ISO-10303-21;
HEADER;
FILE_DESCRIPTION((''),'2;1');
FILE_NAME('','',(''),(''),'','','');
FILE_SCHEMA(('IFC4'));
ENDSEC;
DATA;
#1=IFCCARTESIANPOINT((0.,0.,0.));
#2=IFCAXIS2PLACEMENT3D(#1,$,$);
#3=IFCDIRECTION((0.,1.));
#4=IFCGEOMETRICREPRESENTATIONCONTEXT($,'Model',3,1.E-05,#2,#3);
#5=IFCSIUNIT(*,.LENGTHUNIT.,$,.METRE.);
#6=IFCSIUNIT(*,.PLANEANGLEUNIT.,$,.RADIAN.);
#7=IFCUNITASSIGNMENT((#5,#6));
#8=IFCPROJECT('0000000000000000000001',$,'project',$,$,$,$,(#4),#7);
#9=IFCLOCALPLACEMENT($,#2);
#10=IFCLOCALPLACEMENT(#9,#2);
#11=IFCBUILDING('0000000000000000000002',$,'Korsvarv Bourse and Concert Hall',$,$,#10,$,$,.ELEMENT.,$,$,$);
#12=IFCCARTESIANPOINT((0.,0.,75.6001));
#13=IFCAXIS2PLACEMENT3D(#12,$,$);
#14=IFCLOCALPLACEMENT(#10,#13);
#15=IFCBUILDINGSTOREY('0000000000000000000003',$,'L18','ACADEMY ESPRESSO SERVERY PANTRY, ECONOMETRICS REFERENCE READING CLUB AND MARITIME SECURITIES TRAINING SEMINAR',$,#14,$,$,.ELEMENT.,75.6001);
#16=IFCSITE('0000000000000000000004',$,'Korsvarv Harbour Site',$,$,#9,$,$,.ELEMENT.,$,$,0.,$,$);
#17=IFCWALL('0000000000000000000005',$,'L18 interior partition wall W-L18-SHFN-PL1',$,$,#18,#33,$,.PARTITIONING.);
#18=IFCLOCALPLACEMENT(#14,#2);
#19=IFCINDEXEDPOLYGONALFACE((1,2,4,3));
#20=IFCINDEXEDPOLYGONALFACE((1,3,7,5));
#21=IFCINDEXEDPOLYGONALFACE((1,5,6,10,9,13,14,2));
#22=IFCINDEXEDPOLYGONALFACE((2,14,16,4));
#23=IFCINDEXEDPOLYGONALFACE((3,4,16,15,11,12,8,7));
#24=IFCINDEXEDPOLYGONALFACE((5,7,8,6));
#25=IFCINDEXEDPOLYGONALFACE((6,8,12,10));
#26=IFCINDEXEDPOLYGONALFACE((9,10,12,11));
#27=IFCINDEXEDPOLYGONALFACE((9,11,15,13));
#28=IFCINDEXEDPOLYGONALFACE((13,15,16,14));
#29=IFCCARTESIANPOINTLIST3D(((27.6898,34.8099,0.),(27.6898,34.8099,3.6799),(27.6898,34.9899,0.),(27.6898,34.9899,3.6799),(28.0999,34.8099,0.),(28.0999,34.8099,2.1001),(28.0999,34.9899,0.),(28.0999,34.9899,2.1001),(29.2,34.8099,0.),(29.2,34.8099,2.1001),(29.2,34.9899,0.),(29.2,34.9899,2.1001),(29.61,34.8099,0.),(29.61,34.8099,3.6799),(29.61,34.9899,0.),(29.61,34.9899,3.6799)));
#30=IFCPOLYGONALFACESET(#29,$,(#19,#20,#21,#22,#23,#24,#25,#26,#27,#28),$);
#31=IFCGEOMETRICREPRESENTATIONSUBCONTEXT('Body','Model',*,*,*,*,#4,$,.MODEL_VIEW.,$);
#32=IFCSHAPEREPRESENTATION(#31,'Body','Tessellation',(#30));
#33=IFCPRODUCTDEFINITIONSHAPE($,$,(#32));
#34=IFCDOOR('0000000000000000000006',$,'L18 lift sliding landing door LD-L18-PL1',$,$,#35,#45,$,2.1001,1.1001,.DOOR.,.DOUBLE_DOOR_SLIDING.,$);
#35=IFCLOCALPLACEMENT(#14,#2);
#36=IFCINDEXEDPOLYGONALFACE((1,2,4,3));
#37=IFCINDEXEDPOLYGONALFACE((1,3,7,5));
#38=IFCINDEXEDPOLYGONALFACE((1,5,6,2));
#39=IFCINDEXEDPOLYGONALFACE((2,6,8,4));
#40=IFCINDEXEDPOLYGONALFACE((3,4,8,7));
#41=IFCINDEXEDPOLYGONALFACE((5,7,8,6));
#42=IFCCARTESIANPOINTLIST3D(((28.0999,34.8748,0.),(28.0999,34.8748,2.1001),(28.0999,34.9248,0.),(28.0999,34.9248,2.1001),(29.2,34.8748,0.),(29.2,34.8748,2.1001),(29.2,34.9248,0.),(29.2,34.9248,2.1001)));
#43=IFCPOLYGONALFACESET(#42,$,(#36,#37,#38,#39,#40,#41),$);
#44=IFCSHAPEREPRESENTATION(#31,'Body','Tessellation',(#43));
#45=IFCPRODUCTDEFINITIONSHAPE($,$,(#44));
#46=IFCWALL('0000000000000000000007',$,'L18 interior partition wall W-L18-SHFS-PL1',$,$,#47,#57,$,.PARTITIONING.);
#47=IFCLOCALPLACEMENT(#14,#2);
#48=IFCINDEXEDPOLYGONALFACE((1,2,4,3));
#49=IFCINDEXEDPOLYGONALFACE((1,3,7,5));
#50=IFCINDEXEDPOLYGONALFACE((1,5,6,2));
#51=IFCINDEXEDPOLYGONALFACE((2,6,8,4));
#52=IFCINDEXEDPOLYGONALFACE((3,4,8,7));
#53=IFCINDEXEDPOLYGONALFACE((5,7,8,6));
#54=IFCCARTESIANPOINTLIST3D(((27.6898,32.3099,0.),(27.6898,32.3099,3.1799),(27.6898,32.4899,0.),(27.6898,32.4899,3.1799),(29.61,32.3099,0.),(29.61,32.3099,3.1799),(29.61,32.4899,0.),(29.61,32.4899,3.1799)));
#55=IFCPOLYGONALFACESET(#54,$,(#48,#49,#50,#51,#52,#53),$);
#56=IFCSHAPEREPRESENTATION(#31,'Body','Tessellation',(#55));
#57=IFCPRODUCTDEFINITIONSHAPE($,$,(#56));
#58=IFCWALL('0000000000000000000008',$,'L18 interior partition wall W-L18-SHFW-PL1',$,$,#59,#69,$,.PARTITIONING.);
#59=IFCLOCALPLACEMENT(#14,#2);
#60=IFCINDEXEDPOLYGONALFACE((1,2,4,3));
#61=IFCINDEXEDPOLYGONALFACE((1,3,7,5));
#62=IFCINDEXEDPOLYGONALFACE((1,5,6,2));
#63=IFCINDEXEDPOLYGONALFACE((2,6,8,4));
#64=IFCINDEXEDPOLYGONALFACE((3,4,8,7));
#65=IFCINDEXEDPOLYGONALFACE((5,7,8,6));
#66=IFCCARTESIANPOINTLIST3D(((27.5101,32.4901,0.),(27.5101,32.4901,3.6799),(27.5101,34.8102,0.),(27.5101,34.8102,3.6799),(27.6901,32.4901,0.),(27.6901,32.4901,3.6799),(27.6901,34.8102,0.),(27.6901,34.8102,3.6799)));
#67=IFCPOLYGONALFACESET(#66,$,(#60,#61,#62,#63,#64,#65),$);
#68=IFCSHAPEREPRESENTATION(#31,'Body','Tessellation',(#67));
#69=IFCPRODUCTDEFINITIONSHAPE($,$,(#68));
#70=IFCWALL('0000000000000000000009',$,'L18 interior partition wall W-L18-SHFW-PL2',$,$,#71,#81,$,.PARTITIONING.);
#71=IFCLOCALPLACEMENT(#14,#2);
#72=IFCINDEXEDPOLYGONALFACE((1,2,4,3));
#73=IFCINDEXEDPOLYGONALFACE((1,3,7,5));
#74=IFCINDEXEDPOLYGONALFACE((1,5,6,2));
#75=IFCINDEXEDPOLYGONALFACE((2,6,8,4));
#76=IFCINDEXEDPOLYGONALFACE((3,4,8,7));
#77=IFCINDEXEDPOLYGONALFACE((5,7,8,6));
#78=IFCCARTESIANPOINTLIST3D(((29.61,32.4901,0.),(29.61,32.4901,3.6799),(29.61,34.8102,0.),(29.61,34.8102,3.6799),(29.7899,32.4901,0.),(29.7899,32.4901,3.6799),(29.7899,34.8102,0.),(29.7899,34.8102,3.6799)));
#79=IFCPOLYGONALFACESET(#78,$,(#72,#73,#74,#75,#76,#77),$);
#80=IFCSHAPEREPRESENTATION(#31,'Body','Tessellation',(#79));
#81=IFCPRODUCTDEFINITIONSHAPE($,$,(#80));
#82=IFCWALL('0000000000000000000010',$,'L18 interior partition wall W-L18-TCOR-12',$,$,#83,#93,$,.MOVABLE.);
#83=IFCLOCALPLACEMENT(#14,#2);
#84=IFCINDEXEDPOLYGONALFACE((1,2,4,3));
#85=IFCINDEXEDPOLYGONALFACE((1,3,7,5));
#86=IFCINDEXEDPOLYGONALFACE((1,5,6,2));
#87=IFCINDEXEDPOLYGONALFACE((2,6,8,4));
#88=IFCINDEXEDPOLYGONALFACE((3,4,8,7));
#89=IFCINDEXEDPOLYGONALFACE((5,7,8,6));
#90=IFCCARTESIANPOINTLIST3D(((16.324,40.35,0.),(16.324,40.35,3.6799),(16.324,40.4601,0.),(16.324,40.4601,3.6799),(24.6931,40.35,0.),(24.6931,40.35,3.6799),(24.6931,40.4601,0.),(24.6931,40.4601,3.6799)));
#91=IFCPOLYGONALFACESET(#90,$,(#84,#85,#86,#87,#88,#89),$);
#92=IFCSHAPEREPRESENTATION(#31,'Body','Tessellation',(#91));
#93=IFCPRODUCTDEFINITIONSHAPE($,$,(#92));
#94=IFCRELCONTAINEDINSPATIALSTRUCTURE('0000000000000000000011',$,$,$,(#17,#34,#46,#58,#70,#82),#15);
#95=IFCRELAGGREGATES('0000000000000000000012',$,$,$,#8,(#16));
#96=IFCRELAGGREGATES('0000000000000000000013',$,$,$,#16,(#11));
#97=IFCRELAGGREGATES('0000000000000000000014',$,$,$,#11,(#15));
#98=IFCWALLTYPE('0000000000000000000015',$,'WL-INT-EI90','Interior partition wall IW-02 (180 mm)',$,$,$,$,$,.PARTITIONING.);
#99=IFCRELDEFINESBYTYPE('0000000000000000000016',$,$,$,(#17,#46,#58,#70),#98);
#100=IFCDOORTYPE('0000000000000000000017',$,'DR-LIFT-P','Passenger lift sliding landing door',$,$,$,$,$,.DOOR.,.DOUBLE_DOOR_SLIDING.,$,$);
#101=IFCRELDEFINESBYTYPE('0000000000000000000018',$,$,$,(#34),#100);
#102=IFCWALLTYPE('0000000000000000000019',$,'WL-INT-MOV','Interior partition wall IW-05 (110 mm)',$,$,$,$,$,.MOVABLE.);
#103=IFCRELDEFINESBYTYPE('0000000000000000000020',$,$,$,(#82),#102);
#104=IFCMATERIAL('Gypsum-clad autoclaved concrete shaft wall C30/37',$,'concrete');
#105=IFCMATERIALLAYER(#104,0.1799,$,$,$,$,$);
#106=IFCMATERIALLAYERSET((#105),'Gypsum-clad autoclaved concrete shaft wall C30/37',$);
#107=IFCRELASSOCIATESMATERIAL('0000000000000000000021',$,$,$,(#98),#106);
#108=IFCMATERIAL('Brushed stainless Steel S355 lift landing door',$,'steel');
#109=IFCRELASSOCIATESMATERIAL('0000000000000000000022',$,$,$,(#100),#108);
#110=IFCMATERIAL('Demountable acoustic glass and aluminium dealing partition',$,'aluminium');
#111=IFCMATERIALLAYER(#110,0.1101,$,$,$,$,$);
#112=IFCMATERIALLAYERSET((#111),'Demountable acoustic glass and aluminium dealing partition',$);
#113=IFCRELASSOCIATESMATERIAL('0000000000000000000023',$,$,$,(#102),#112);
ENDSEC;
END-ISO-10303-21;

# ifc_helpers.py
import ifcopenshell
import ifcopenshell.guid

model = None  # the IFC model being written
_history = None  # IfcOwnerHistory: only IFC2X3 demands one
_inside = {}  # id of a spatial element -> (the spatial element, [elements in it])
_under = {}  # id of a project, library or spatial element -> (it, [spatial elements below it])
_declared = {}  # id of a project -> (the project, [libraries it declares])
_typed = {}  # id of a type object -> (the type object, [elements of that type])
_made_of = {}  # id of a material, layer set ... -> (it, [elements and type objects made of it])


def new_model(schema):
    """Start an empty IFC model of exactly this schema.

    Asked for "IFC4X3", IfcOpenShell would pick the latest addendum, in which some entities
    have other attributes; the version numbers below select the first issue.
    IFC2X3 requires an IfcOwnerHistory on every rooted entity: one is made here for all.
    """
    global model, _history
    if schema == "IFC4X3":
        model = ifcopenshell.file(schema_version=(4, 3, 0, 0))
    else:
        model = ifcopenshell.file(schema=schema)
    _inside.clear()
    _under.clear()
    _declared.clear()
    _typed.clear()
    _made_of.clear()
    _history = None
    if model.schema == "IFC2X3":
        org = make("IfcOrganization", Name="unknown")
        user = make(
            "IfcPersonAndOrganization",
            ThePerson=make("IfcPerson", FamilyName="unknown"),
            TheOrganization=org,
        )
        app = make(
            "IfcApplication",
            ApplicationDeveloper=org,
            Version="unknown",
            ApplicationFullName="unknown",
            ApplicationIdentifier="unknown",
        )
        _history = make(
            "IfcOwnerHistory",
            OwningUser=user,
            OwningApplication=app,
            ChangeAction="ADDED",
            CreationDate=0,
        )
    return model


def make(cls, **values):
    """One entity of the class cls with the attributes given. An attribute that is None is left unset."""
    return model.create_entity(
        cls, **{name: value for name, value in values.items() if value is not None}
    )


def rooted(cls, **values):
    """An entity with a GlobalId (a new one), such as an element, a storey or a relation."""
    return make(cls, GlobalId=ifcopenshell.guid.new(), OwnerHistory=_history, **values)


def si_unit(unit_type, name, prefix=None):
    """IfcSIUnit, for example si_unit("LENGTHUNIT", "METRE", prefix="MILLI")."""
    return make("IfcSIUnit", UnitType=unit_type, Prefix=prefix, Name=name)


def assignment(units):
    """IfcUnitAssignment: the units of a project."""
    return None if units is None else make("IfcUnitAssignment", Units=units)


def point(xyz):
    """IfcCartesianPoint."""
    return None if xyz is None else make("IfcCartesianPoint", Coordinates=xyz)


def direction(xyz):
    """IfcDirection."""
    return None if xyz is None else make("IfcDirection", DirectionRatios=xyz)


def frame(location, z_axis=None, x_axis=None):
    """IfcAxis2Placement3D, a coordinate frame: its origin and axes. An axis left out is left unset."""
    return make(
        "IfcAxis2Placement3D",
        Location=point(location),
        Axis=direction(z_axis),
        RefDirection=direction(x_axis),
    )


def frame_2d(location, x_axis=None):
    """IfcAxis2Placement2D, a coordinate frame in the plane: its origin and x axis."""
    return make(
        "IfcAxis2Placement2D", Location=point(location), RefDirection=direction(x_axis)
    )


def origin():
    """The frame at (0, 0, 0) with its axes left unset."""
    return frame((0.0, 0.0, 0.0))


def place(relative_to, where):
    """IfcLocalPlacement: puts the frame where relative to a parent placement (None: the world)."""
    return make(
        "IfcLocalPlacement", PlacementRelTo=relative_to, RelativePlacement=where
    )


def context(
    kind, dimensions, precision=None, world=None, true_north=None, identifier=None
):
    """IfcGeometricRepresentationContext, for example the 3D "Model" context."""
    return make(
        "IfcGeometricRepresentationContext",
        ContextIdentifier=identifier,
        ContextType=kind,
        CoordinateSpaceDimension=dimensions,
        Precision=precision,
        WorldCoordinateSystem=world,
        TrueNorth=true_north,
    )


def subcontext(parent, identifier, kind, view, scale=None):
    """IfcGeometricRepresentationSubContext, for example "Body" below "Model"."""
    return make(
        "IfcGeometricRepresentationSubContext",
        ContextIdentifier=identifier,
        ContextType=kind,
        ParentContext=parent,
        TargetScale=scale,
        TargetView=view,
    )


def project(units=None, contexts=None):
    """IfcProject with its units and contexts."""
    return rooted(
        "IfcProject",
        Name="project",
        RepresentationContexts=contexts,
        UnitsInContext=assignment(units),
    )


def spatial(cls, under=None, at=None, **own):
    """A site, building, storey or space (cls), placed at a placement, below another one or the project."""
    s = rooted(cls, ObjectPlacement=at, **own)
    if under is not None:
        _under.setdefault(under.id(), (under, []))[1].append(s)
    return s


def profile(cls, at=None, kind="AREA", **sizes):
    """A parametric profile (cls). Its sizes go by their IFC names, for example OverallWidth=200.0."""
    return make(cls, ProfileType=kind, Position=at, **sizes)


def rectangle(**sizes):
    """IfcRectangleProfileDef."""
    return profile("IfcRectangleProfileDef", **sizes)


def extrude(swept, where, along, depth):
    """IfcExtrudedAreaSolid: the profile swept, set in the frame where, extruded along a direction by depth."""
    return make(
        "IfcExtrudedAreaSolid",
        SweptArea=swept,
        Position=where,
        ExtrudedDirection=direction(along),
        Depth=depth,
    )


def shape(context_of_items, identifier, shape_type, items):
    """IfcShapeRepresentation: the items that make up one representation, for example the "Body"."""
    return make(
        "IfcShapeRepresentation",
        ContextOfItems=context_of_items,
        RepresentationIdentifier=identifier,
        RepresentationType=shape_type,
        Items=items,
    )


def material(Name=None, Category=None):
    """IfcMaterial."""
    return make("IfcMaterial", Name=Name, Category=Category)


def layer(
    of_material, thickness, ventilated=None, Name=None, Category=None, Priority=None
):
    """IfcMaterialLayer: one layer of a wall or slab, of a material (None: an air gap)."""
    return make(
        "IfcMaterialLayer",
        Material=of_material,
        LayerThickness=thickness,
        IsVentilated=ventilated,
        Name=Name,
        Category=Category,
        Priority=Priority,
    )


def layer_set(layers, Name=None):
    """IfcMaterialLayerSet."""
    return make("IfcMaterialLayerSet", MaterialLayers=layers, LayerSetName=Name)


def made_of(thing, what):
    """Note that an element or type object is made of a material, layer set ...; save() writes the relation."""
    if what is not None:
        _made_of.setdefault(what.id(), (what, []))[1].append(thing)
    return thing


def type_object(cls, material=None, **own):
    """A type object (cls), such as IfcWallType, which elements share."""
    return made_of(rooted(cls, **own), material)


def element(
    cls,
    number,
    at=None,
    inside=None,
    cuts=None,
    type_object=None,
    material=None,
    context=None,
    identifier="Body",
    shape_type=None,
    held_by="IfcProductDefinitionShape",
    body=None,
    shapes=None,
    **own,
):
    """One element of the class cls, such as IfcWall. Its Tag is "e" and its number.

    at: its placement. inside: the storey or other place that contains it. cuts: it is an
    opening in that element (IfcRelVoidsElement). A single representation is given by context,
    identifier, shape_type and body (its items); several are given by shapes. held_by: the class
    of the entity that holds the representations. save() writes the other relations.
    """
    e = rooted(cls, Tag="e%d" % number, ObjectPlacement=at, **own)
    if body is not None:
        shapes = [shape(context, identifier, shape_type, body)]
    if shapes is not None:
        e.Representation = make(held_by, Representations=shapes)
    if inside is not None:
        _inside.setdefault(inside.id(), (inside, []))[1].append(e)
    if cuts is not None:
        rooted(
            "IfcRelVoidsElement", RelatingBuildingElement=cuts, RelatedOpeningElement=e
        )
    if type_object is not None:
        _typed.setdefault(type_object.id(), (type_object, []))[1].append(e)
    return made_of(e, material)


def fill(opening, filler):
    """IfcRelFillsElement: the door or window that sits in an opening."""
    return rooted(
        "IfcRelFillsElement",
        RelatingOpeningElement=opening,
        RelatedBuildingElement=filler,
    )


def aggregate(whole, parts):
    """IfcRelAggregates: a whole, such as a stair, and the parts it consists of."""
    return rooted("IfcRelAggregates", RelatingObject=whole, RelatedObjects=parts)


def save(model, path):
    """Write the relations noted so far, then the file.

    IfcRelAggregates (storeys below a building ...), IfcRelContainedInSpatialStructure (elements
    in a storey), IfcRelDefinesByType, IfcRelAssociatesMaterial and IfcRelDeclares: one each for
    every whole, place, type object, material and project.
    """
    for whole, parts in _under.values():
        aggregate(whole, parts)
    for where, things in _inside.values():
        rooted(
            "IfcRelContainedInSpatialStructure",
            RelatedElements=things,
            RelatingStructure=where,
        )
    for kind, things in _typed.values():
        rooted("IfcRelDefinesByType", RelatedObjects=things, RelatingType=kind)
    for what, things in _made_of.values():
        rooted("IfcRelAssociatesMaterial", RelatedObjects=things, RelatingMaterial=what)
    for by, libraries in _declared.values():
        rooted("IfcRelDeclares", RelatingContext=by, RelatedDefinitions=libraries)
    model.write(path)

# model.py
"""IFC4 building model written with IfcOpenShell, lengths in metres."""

from ifc_helpers import new_model, si_unit, direction, frame, frame_2d, origin, place, context, subcontext, project, spatial, rectangle, extrude, material, layer, layer_set, type_object, element, fill, save


model = new_model("IFC4")

# Units and contexts
model_context = context("Model", 3, precision=1e-05, world=origin(), true_north=direction((0.0, 1.0)))
body_context = subcontext(model_context, "Body", "Model", "MODEL_VIEW")
ifc_project = project(units=[si_unit("LENGTHUNIT", "METRE"), si_unit("PLANEANGLEUNIT", "RADIAN")], contexts=[model_context])

# Site, building, storey
site_placement = place(None, origin())
site = spatial("IfcSite", under=ifc_project, at=site_placement, Name="Korsvarv Harbour Site", CompositionType="ELEMENT", RefElevation=0.0)
building_placement = place(site_placement, origin())
building = spatial("IfcBuilding", under=site, at=building_placement, Name="Korsvarv Bourse and Concert Hall", CompositionType="ELEMENT")
storey_placement = place(building_placement, frame((0.0, 0.0, 75.6001)))
storey = spatial("IfcBuildingStorey", under=building, at=storey_placement, Name="L18", Description="ACADEMY ESPRESSO SERVERY PANTRY, ECONOMETRICS REFERENCE READING CLUB AND MARITIME SECURITIES TRAINING SEMINAR", CompositionType="ELEMENT", Elevation=75.6001)

# Wall, opening, door
ifc_material_1 = material(Name="Gypsum-clad autoclaved concrete shaft wall C30/37", Category="concrete")
ifc_layer_1 = layer(ifc_material_1, 0.1799)
ifc_layer_set_1 = layer_set([ifc_layer_1], Name="Gypsum-clad autoclaved concrete shaft wall C30/37")
wall_type_1 = type_object("IfcWallType", Name="WL-INT-EI90", Description="Interior partition wall IW-02 (180 mm)", PredefinedType="PARTITIONING", material=ifc_layer_set_1)
wall_1_placement = place(storey_placement, frame((27.6899, 34.8999, 0.0), z_axis=(0.0, 0.0, 1.0), x_axis=(1.0, 0.0, 0.0)))
wall_1 = element("IfcWall", 1, at=wall_1_placement, inside=storey, type_object=wall_type_1, Name="L18 interior partition wall W-L18-SHFN-PL1", PredefinedType="PARTITIONING", context=body_context, shape_type="SweptSolid", body=[
    extrude(rectangle(XDim=1.9202, YDim=0.1799, at=frame_2d((0.96, 0.0))), origin(), (0.0, 0.0, 1.0), 3.6799),
])
opening_1_placement = place(wall_1_placement, frame((0.4099, 0.0, 0.0)))
opening_1 = element("IfcOpeningElement", 2, at=opening_1_placement, cuts=wall_1, PredefinedType="OPENING", context=body_context, shape_type="SweptSolid", body=[
    extrude(rectangle(XDim=1.1001, YDim=2.1001, at=frame_2d((0.55, 1.05))), frame((0.0, 0.1001, 0.0), z_axis=(0.0, -1.0, 0.0), x_axis=(1.0, 0.0, 0.0)), (0.0, 0.0, 1.0), 0.2),
])
ifc_material_2 = material(Name="Brushed stainless Steel S355 lift landing door", Category="steel")
door_type_1 = type_object("IfcDoorType", Name="DR-LIFT-P", Description="Passenger lift sliding landing door", OperationType="DOUBLE_DOOR_SLIDING", PredefinedType="DOOR", material=ifc_material_2)
door_1_placement = place(opening_1_placement, origin())
door_1 = element("IfcDoor", 3, at=door_1_placement, inside=storey, type_object=door_type_1, Name="L18 lift sliding landing door LD-L18-PL1", OperationType="DOUBLE_DOOR_SLIDING", OverallHeight=2.1001, OverallWidth=1.1001, PredefinedType="DOOR", context=body_context, shape_type="SweptSolid", body=[
    extrude(rectangle(XDim=1.1001, YDim=2.1001, at=frame_2d((0.55, 1.05))), frame((0.0, 0.0249, 0.0), z_axis=(0.0, -1.0, 0.0), x_axis=(1.0, 0.0, 0.0)), (0.0, 0.0, 1.0), 0.05),
])
fill(opening_1, door_1)

# Walls
wall_2_placement = place(storey_placement, frame((27.6899, 32.3999, 0.0), z_axis=(0.0, 0.0, 1.0), x_axis=(1.0, 0.0, 0.0)))
element("IfcWall", 4, at=wall_2_placement, inside=storey, type_object=wall_type_1, Name="L18 interior partition wall W-L18-SHFS-PL1", PredefinedType="PARTITIONING", context=body_context, shape_type="SweptSolid", body=[
    extrude(rectangle(XDim=1.9202, YDim=0.1799, at=frame_2d((0.96, 0.0))), origin(), (0.0, 0.0, 1.0), 3.1799),
])
for number, where, z_axis, x_axis, name in (
    (5, (27.6001, 32.49, 0.0), (0.0, 0.0, 1.0), (0.0, 1.0, 0.0), "L18 interior partition wall W-L18-SHFW-PL1"),
    (6, (29.7, 32.49, 0.0), (0.0, 0.0, 1.0), (0.0, 1.0, 0.0), "L18 interior partition wall W-L18-SHFW-PL2"),
):
    element("IfcWall", number, at=place(storey_placement, frame(where, z_axis=z_axis, x_axis=x_axis)), inside=storey, type_object=wall_type_1, Name=name, PredefinedType="PARTITIONING", context=body_context, shape_type="SweptSolid", body=[
        extrude(rectangle(XDim=2.3201, YDim=0.1799, at=frame_2d((1.1602, 0.0))), origin(), (0.0, 0.0, 1.0), 3.6799),
    ])
ifc_material_3 = material(Name="Demountable acoustic glass and aluminium dealing partition", Category="aluminium")
ifc_layer_2 = layer(ifc_material_3, 0.1101)
ifc_layer_set_2 = layer_set([ifc_layer_2], Name="Demountable acoustic glass and aluminium dealing partition")
wall_type_2 = type_object("IfcWallType", Name="WL-INT-MOV", Description="Interior partition wall IW-05 (110 mm)", PredefinedType="MOVABLE", material=ifc_layer_set_2)
wall_3_placement = place(storey_placement, frame((16.324, 40.405, 0.0), z_axis=(0.0, 0.0, 1.0), x_axis=(1.0, 0.0, 0.0)))
element("IfcWall", 7, at=wall_3_placement, inside=storey, type_object=wall_type_2, Name="L18 interior partition wall W-L18-TCOR-12", PredefinedType="MOVABLE", context=body_context, shape_type="SweptSolid", body=[
    extrude(rectangle(XDim=8.3691, YDim=0.1101, at=frame_2d((4.1846, 0.0))), origin(), (0.0, 0.0, 1.0), 3.6799),
])

save(model, "model.ifc")
